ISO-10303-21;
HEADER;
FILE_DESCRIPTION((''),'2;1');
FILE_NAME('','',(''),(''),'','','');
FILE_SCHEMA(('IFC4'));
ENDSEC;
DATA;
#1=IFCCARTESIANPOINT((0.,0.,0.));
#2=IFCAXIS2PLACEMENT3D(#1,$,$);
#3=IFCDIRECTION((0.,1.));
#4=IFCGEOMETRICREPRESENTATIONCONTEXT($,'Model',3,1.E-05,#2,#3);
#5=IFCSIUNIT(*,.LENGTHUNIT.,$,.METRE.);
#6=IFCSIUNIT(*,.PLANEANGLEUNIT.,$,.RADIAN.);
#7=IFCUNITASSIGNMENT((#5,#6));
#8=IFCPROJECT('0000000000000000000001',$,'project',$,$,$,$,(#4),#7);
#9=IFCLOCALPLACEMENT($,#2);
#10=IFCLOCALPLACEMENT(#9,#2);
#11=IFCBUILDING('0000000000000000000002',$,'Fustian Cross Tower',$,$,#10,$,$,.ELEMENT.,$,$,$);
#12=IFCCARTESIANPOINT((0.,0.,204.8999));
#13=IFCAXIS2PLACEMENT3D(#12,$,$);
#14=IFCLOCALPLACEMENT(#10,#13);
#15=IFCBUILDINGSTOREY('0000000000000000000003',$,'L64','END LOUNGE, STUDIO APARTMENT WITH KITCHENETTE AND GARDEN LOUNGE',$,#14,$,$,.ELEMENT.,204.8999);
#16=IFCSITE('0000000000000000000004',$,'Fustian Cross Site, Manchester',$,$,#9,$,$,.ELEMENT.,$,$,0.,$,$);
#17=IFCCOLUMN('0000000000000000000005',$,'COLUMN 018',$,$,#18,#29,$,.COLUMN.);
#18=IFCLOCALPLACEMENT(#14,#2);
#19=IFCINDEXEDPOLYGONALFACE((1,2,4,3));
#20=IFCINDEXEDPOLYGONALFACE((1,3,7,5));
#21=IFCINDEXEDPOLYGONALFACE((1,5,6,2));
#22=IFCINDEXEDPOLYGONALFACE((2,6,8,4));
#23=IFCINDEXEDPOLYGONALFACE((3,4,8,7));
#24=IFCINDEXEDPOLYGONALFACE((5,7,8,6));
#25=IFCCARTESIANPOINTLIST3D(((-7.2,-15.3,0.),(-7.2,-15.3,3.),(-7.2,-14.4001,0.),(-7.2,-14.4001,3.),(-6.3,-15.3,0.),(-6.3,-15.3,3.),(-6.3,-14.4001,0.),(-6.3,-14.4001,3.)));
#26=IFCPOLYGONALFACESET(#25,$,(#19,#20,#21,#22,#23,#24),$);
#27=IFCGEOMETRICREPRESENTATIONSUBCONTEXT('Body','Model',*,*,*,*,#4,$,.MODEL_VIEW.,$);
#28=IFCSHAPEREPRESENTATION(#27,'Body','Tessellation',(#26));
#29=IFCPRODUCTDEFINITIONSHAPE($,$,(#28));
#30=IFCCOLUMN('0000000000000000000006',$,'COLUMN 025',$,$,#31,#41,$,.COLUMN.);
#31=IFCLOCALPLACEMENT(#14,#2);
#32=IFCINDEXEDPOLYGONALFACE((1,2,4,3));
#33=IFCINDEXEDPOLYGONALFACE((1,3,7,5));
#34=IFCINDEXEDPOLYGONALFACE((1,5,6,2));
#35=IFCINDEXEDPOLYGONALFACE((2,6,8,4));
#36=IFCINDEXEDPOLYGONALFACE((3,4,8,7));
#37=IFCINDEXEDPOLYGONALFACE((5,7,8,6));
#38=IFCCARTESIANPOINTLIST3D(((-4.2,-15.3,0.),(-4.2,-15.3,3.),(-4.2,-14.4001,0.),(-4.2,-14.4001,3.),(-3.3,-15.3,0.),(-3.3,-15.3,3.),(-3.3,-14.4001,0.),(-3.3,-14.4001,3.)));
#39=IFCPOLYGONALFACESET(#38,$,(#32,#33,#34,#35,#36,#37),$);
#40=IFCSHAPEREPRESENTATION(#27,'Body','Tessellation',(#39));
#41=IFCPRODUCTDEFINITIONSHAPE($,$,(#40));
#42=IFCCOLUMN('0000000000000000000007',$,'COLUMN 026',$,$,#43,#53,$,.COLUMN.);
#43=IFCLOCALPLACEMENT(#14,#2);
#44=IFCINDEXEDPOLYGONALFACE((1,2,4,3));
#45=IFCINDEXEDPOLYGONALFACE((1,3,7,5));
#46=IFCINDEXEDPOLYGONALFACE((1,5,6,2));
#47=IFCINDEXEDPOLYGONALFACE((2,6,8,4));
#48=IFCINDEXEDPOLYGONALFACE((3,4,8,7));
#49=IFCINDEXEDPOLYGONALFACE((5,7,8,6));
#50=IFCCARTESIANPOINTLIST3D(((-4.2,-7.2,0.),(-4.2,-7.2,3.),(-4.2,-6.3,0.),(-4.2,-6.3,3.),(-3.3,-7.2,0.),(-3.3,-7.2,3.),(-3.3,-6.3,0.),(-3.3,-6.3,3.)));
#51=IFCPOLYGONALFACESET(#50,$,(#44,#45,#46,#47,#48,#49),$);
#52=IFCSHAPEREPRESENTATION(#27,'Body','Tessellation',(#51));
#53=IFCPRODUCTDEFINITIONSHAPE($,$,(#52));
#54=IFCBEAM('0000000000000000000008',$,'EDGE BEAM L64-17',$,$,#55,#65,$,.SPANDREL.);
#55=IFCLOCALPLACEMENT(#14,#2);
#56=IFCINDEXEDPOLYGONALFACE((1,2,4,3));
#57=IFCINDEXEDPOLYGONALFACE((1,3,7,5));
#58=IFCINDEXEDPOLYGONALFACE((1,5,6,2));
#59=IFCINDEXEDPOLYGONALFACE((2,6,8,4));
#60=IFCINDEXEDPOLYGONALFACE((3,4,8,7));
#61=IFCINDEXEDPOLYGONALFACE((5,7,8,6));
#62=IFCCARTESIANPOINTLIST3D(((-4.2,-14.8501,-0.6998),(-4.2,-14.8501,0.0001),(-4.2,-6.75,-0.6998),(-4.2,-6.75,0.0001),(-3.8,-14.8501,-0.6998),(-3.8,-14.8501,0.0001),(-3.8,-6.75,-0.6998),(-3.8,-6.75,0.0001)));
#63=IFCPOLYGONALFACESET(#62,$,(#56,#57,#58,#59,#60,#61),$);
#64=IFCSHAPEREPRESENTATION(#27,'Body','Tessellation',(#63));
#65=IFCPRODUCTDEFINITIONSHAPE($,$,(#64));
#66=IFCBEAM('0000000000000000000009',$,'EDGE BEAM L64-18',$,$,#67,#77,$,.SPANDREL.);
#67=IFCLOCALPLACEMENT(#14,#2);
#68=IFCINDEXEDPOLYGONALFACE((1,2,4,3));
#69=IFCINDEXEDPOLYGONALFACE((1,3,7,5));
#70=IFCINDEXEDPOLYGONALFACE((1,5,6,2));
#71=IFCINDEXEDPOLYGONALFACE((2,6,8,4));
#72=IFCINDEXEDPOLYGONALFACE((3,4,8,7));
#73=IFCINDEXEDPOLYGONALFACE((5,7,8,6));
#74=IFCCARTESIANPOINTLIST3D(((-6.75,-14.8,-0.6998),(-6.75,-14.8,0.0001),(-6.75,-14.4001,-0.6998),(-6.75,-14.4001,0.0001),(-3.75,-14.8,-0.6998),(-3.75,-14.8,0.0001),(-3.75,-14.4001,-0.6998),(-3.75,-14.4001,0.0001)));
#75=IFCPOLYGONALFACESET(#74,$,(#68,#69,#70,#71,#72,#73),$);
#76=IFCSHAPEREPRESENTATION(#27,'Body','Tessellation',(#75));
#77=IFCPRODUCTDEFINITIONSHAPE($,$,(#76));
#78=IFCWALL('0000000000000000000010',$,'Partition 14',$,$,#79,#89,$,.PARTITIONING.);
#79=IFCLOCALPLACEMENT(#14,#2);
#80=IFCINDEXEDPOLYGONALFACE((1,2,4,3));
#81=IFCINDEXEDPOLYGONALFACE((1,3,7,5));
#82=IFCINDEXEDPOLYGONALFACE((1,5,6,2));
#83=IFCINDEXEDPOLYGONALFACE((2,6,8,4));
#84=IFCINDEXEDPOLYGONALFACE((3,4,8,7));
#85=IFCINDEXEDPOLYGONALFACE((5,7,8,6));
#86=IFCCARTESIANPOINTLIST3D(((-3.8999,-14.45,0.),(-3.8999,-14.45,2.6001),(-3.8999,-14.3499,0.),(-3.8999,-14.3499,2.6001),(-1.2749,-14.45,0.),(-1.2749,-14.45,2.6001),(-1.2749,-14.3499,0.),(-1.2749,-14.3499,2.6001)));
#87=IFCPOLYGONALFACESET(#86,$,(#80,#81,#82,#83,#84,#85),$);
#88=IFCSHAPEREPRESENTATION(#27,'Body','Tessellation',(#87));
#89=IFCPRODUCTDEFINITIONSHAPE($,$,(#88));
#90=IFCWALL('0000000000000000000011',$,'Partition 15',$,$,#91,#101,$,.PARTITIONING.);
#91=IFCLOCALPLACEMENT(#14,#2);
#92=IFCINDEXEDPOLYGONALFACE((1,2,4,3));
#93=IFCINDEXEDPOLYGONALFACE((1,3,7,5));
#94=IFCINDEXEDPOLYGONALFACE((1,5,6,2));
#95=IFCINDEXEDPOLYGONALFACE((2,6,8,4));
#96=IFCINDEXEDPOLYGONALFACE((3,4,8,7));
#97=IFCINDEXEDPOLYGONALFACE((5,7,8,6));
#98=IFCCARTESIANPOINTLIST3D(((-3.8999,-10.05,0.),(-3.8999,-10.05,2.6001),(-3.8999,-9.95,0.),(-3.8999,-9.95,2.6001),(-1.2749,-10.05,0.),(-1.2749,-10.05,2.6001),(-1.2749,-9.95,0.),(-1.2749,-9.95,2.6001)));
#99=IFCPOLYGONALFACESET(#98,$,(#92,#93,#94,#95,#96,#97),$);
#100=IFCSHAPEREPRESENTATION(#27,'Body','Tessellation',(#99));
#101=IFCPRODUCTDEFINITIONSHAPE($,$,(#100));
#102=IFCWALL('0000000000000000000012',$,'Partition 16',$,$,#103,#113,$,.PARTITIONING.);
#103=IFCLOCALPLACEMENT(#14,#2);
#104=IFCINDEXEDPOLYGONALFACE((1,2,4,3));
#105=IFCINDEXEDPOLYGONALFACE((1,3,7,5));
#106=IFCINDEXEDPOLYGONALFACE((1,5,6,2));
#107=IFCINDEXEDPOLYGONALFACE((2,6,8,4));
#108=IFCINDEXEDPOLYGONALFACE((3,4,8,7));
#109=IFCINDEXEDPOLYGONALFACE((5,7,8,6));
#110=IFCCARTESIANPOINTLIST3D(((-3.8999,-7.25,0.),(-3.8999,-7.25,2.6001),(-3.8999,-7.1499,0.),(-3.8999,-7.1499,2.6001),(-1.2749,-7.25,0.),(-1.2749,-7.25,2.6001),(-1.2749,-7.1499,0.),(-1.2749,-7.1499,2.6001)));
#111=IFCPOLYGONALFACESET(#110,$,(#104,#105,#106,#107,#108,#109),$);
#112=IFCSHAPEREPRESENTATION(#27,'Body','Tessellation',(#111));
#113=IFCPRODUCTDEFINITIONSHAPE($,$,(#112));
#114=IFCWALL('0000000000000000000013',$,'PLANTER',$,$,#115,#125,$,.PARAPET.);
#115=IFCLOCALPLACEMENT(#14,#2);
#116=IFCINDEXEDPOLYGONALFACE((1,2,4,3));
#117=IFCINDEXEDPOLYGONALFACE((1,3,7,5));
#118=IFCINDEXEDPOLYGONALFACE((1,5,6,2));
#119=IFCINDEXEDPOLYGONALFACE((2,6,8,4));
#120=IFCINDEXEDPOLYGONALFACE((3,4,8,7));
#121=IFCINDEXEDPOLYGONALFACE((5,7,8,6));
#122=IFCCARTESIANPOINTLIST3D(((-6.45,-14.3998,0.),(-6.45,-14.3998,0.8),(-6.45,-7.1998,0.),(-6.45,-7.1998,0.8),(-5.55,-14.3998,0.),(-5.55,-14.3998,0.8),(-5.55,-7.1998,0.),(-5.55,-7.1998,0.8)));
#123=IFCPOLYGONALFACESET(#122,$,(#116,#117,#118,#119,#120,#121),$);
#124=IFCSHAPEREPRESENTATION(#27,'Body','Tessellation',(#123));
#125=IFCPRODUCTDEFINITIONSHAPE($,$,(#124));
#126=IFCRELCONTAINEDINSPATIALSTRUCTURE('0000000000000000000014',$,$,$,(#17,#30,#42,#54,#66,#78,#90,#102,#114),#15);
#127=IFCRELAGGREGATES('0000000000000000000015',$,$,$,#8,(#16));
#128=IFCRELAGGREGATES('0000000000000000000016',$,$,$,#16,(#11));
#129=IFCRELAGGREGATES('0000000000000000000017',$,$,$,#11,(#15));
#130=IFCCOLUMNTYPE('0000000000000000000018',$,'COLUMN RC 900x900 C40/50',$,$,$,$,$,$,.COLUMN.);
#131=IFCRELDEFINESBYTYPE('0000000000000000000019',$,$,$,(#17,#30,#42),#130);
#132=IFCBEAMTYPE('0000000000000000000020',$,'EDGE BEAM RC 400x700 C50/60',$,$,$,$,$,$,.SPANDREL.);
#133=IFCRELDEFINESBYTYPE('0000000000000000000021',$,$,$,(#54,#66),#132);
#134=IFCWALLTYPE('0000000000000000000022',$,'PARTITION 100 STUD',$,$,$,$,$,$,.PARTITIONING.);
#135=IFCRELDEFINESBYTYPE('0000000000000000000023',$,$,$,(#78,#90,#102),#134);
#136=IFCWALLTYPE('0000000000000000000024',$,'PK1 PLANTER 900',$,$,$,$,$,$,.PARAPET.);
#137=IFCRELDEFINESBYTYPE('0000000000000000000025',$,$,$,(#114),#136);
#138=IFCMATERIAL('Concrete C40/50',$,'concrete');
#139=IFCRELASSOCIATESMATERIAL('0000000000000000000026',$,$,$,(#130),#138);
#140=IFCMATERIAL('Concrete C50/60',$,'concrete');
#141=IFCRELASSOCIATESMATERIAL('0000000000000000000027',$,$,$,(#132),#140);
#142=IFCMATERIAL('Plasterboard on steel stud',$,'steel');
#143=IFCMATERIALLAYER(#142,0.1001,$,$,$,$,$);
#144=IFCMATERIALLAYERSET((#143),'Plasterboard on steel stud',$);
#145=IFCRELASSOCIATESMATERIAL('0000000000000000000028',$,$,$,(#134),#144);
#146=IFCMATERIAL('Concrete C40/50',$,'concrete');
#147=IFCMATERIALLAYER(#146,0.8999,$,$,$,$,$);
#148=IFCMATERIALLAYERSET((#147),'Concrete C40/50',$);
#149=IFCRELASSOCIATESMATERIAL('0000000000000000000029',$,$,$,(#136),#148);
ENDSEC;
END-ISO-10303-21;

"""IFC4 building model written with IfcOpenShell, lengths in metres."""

from ifc_helpers import new_model, si_unit, direction, frame, frame_2d, origin, origin_2d, place, context, subcontext, project, spatial, rectangle, extrude, material, layer, layer_set, material_profile, profile_set, type_object, element, save


model = new_model("IFC4")

# Units and contexts
model_context = context("Model", 3, precision=1e-05, world=origin(), true_north=direction((0.0, 1.0)))
body_context = subcontext(model_context, "Body", "Model", "MODEL_VIEW")
ifc_project = project(units=[si_unit("LENGTHUNIT", "METRE"), si_unit("PLANEANGLEUNIT", "RADIAN")], contexts=[model_context])

# Site, building, storey
site_placement = place(None, origin())
site = spatial("IfcSite", under=ifc_project, at=site_placement, Name="Fustian Cross Site, Manchester", CompositionType="ELEMENT", RefElevation=0.0)
building_placement = place(site_placement, origin())
building = spatial("IfcBuilding", under=site, at=building_placement, Name="Fustian Cross Tower", CompositionType="ELEMENT")
storey_placement = place(building_placement, frame((0.0, 0.0, 204.8999)))
storey = spatial("IfcBuildingStorey", under=building, at=storey_placement, Name="L64", Description="END LOUNGE, STUDIO APARTMENT WITH KITCHENETTE AND GARDEN LOUNGE", CompositionType="ELEMENT", Elevation=204.8999)

# Columns
ifc_material_1 = material(Name="Concrete C40/50", Category="concrete")
ifc_material_profile_1 = material_profile(ifc_material_1, rectangle(XDim=0.8999, YDim=0.8999, at=origin_2d()), Name="RC 900x900")
ifc_profile_set_1 = profile_set([ifc_material_profile_1], Name="Concrete C40/50")
column_type = type_object("IfcColumnType", Name="COLUMN RC 900x900 C40/50", PredefinedType="COLUMN", material=ifc_profile_set_1)
for number, where, z_axis, x_axis, name in (
    (1, (-6.75, -14.8501, 0.0), (0.0, 0.0, 1.0), (1.0, 0.0, 0.0), "COLUMN 018"),
    (2, (-3.75, -14.8501, 0.0), (0.0, 0.0, 1.0), (1.0, 0.0, 0.0), "COLUMN 025"),
    (3, (-3.75, -6.75, 0.0), (0.0, 0.0, 1.0), (1.0, 0.0, 0.0), "COLUMN 026"),
):
    element("IfcColumn", number, at=place(storey_placement, frame(where, z_axis=z_axis, x_axis=x_axis)), inside=storey, type_object=column_type, Name=name, PredefinedType="COLUMN", context=body_context, shape_type="SweptSolid", body=[
        extrude(rectangle(XDim=0.8999, YDim=0.8999, at=origin_2d()), origin(), (0.0, 0.0, 1.0), 3.0),
    ])

# Beams
ifc_material_2 = material(Name="Concrete C50/60", Category="concrete")
ifc_material_profile_2 = material_profile(ifc_material_2, rectangle(XDim=0.3999, YDim=0.7, at=origin_2d()), Name="RC 400x700")
ifc_profile_set_2 = profile_set([ifc_material_profile_2], Name="Concrete C50/60")
beam_type = type_object("IfcBeamType", Name="EDGE BEAM RC 400x700 C50/60", PredefinedType="SPANDREL", material=ifc_profile_set_2)
beam_1_placement = place(storey_placement, frame((-4.0, -6.75, -0.3499), z_axis=(0.0, -1.0, 0.0), x_axis=(1.0, 0.0, 0.0)))
element("IfcBeam", 4, at=beam_1_placement, inside=storey, type_object=beam_type, Name="EDGE BEAM L64-17", PredefinedType="SPANDREL", context=body_context, shape_type="SweptSolid", body=[
    extrude(rectangle(XDim=0.3999, YDim=0.7, at=origin_2d()), origin(), (0.0, 0.0, 1.0), 8.1001),
])
beam_2_placement = place(storey_placement, frame((-3.75, -14.6001, -0.3499), z_axis=(-1.0, 0.0, 0.0), x_axis=(0.0, -1.0, 0.0)))
element("IfcBeam", 5, at=beam_2_placement, inside=storey, type_object=beam_type, Name="EDGE BEAM L64-18", PredefinedType="SPANDREL", context=body_context, shape_type="SweptSolid", body=[
    extrude(rectangle(XDim=0.3999, YDim=0.7, at=origin_2d()), origin(), (0.0, 0.0, 1.0), 3.0),
])

# Walls
ifc_material_3 = material(Name="Plasterboard on steel stud", Category="steel")
ifc_layer_1 = layer(ifc_material_3, 0.1001)
ifc_layer_set_1 = layer_set([ifc_layer_1], Name="Plasterboard on steel stud")
wall_type_1 = type_object("IfcWallType", Name="PARTITION 100 STUD", PredefinedType="PARTITIONING", material=ifc_layer_set_1)
for number, where, z_axis, x_axis, name in (
    (6, (-3.8999, -14.3999, 0.0), (0.0, 0.0, 1.0), (1.0, 0.0, 0.0), "Partition 14"),
    (7, (-3.8999, -10.0, 0.0), (0.0, 0.0, 1.0), (1.0, 0.0, 0.0), "Partition 15"),
    (8, (-3.8999, -7.2, 0.0), (0.0, 0.0, 1.0), (1.0, 0.0, 0.0), "Partition 16"),
):
    element("IfcWall", number, at=place(storey_placement, frame(where, z_axis=z_axis, x_axis=x_axis)), inside=storey, type_object=wall_type_1, Name=name, PredefinedType="PARTITIONING", context=body_context, shape_type="SweptSolid", body=[
        extrude(rectangle(XDim=2.625, YDim=0.1001, at=frame_2d((1.3125, 0.0))), origin(), (0.0, 0.0, 1.0), 2.6001),
    ])
ifc_material_4 = material(Name="Concrete C40/50", Category="concrete")
ifc_layer_2 = layer(ifc_material_4, 0.8999)
ifc_layer_set_2 = layer_set([ifc_layer_2], Name="Concrete C40/50")
wall_type_2 = type_object("IfcWallType", Name="PK1 PLANTER 900", PredefinedType="PARAPET", material=ifc_layer_set_2)
wall_1_placement = place(storey_placement, frame((-6.0, -14.3999, 0.0), z_axis=(0.0, 0.0, 1.0), x_axis=(0.0, 1.0, 0.0)))
element("IfcWall", 9, at=wall_1_placement, inside=storey, type_object=wall_type_2, Name="PLANTER", PredefinedType="PARAPET", context=body_context, shape_type="SweptSolid", body=[
    extrude(rectangle(XDim=7.2, YDim=0.8999, at=frame_2d((3.6001, 0.0))), origin(), (0.0, 0.0, 1.0), 0.8),
])

save(model, "model.ifc")
